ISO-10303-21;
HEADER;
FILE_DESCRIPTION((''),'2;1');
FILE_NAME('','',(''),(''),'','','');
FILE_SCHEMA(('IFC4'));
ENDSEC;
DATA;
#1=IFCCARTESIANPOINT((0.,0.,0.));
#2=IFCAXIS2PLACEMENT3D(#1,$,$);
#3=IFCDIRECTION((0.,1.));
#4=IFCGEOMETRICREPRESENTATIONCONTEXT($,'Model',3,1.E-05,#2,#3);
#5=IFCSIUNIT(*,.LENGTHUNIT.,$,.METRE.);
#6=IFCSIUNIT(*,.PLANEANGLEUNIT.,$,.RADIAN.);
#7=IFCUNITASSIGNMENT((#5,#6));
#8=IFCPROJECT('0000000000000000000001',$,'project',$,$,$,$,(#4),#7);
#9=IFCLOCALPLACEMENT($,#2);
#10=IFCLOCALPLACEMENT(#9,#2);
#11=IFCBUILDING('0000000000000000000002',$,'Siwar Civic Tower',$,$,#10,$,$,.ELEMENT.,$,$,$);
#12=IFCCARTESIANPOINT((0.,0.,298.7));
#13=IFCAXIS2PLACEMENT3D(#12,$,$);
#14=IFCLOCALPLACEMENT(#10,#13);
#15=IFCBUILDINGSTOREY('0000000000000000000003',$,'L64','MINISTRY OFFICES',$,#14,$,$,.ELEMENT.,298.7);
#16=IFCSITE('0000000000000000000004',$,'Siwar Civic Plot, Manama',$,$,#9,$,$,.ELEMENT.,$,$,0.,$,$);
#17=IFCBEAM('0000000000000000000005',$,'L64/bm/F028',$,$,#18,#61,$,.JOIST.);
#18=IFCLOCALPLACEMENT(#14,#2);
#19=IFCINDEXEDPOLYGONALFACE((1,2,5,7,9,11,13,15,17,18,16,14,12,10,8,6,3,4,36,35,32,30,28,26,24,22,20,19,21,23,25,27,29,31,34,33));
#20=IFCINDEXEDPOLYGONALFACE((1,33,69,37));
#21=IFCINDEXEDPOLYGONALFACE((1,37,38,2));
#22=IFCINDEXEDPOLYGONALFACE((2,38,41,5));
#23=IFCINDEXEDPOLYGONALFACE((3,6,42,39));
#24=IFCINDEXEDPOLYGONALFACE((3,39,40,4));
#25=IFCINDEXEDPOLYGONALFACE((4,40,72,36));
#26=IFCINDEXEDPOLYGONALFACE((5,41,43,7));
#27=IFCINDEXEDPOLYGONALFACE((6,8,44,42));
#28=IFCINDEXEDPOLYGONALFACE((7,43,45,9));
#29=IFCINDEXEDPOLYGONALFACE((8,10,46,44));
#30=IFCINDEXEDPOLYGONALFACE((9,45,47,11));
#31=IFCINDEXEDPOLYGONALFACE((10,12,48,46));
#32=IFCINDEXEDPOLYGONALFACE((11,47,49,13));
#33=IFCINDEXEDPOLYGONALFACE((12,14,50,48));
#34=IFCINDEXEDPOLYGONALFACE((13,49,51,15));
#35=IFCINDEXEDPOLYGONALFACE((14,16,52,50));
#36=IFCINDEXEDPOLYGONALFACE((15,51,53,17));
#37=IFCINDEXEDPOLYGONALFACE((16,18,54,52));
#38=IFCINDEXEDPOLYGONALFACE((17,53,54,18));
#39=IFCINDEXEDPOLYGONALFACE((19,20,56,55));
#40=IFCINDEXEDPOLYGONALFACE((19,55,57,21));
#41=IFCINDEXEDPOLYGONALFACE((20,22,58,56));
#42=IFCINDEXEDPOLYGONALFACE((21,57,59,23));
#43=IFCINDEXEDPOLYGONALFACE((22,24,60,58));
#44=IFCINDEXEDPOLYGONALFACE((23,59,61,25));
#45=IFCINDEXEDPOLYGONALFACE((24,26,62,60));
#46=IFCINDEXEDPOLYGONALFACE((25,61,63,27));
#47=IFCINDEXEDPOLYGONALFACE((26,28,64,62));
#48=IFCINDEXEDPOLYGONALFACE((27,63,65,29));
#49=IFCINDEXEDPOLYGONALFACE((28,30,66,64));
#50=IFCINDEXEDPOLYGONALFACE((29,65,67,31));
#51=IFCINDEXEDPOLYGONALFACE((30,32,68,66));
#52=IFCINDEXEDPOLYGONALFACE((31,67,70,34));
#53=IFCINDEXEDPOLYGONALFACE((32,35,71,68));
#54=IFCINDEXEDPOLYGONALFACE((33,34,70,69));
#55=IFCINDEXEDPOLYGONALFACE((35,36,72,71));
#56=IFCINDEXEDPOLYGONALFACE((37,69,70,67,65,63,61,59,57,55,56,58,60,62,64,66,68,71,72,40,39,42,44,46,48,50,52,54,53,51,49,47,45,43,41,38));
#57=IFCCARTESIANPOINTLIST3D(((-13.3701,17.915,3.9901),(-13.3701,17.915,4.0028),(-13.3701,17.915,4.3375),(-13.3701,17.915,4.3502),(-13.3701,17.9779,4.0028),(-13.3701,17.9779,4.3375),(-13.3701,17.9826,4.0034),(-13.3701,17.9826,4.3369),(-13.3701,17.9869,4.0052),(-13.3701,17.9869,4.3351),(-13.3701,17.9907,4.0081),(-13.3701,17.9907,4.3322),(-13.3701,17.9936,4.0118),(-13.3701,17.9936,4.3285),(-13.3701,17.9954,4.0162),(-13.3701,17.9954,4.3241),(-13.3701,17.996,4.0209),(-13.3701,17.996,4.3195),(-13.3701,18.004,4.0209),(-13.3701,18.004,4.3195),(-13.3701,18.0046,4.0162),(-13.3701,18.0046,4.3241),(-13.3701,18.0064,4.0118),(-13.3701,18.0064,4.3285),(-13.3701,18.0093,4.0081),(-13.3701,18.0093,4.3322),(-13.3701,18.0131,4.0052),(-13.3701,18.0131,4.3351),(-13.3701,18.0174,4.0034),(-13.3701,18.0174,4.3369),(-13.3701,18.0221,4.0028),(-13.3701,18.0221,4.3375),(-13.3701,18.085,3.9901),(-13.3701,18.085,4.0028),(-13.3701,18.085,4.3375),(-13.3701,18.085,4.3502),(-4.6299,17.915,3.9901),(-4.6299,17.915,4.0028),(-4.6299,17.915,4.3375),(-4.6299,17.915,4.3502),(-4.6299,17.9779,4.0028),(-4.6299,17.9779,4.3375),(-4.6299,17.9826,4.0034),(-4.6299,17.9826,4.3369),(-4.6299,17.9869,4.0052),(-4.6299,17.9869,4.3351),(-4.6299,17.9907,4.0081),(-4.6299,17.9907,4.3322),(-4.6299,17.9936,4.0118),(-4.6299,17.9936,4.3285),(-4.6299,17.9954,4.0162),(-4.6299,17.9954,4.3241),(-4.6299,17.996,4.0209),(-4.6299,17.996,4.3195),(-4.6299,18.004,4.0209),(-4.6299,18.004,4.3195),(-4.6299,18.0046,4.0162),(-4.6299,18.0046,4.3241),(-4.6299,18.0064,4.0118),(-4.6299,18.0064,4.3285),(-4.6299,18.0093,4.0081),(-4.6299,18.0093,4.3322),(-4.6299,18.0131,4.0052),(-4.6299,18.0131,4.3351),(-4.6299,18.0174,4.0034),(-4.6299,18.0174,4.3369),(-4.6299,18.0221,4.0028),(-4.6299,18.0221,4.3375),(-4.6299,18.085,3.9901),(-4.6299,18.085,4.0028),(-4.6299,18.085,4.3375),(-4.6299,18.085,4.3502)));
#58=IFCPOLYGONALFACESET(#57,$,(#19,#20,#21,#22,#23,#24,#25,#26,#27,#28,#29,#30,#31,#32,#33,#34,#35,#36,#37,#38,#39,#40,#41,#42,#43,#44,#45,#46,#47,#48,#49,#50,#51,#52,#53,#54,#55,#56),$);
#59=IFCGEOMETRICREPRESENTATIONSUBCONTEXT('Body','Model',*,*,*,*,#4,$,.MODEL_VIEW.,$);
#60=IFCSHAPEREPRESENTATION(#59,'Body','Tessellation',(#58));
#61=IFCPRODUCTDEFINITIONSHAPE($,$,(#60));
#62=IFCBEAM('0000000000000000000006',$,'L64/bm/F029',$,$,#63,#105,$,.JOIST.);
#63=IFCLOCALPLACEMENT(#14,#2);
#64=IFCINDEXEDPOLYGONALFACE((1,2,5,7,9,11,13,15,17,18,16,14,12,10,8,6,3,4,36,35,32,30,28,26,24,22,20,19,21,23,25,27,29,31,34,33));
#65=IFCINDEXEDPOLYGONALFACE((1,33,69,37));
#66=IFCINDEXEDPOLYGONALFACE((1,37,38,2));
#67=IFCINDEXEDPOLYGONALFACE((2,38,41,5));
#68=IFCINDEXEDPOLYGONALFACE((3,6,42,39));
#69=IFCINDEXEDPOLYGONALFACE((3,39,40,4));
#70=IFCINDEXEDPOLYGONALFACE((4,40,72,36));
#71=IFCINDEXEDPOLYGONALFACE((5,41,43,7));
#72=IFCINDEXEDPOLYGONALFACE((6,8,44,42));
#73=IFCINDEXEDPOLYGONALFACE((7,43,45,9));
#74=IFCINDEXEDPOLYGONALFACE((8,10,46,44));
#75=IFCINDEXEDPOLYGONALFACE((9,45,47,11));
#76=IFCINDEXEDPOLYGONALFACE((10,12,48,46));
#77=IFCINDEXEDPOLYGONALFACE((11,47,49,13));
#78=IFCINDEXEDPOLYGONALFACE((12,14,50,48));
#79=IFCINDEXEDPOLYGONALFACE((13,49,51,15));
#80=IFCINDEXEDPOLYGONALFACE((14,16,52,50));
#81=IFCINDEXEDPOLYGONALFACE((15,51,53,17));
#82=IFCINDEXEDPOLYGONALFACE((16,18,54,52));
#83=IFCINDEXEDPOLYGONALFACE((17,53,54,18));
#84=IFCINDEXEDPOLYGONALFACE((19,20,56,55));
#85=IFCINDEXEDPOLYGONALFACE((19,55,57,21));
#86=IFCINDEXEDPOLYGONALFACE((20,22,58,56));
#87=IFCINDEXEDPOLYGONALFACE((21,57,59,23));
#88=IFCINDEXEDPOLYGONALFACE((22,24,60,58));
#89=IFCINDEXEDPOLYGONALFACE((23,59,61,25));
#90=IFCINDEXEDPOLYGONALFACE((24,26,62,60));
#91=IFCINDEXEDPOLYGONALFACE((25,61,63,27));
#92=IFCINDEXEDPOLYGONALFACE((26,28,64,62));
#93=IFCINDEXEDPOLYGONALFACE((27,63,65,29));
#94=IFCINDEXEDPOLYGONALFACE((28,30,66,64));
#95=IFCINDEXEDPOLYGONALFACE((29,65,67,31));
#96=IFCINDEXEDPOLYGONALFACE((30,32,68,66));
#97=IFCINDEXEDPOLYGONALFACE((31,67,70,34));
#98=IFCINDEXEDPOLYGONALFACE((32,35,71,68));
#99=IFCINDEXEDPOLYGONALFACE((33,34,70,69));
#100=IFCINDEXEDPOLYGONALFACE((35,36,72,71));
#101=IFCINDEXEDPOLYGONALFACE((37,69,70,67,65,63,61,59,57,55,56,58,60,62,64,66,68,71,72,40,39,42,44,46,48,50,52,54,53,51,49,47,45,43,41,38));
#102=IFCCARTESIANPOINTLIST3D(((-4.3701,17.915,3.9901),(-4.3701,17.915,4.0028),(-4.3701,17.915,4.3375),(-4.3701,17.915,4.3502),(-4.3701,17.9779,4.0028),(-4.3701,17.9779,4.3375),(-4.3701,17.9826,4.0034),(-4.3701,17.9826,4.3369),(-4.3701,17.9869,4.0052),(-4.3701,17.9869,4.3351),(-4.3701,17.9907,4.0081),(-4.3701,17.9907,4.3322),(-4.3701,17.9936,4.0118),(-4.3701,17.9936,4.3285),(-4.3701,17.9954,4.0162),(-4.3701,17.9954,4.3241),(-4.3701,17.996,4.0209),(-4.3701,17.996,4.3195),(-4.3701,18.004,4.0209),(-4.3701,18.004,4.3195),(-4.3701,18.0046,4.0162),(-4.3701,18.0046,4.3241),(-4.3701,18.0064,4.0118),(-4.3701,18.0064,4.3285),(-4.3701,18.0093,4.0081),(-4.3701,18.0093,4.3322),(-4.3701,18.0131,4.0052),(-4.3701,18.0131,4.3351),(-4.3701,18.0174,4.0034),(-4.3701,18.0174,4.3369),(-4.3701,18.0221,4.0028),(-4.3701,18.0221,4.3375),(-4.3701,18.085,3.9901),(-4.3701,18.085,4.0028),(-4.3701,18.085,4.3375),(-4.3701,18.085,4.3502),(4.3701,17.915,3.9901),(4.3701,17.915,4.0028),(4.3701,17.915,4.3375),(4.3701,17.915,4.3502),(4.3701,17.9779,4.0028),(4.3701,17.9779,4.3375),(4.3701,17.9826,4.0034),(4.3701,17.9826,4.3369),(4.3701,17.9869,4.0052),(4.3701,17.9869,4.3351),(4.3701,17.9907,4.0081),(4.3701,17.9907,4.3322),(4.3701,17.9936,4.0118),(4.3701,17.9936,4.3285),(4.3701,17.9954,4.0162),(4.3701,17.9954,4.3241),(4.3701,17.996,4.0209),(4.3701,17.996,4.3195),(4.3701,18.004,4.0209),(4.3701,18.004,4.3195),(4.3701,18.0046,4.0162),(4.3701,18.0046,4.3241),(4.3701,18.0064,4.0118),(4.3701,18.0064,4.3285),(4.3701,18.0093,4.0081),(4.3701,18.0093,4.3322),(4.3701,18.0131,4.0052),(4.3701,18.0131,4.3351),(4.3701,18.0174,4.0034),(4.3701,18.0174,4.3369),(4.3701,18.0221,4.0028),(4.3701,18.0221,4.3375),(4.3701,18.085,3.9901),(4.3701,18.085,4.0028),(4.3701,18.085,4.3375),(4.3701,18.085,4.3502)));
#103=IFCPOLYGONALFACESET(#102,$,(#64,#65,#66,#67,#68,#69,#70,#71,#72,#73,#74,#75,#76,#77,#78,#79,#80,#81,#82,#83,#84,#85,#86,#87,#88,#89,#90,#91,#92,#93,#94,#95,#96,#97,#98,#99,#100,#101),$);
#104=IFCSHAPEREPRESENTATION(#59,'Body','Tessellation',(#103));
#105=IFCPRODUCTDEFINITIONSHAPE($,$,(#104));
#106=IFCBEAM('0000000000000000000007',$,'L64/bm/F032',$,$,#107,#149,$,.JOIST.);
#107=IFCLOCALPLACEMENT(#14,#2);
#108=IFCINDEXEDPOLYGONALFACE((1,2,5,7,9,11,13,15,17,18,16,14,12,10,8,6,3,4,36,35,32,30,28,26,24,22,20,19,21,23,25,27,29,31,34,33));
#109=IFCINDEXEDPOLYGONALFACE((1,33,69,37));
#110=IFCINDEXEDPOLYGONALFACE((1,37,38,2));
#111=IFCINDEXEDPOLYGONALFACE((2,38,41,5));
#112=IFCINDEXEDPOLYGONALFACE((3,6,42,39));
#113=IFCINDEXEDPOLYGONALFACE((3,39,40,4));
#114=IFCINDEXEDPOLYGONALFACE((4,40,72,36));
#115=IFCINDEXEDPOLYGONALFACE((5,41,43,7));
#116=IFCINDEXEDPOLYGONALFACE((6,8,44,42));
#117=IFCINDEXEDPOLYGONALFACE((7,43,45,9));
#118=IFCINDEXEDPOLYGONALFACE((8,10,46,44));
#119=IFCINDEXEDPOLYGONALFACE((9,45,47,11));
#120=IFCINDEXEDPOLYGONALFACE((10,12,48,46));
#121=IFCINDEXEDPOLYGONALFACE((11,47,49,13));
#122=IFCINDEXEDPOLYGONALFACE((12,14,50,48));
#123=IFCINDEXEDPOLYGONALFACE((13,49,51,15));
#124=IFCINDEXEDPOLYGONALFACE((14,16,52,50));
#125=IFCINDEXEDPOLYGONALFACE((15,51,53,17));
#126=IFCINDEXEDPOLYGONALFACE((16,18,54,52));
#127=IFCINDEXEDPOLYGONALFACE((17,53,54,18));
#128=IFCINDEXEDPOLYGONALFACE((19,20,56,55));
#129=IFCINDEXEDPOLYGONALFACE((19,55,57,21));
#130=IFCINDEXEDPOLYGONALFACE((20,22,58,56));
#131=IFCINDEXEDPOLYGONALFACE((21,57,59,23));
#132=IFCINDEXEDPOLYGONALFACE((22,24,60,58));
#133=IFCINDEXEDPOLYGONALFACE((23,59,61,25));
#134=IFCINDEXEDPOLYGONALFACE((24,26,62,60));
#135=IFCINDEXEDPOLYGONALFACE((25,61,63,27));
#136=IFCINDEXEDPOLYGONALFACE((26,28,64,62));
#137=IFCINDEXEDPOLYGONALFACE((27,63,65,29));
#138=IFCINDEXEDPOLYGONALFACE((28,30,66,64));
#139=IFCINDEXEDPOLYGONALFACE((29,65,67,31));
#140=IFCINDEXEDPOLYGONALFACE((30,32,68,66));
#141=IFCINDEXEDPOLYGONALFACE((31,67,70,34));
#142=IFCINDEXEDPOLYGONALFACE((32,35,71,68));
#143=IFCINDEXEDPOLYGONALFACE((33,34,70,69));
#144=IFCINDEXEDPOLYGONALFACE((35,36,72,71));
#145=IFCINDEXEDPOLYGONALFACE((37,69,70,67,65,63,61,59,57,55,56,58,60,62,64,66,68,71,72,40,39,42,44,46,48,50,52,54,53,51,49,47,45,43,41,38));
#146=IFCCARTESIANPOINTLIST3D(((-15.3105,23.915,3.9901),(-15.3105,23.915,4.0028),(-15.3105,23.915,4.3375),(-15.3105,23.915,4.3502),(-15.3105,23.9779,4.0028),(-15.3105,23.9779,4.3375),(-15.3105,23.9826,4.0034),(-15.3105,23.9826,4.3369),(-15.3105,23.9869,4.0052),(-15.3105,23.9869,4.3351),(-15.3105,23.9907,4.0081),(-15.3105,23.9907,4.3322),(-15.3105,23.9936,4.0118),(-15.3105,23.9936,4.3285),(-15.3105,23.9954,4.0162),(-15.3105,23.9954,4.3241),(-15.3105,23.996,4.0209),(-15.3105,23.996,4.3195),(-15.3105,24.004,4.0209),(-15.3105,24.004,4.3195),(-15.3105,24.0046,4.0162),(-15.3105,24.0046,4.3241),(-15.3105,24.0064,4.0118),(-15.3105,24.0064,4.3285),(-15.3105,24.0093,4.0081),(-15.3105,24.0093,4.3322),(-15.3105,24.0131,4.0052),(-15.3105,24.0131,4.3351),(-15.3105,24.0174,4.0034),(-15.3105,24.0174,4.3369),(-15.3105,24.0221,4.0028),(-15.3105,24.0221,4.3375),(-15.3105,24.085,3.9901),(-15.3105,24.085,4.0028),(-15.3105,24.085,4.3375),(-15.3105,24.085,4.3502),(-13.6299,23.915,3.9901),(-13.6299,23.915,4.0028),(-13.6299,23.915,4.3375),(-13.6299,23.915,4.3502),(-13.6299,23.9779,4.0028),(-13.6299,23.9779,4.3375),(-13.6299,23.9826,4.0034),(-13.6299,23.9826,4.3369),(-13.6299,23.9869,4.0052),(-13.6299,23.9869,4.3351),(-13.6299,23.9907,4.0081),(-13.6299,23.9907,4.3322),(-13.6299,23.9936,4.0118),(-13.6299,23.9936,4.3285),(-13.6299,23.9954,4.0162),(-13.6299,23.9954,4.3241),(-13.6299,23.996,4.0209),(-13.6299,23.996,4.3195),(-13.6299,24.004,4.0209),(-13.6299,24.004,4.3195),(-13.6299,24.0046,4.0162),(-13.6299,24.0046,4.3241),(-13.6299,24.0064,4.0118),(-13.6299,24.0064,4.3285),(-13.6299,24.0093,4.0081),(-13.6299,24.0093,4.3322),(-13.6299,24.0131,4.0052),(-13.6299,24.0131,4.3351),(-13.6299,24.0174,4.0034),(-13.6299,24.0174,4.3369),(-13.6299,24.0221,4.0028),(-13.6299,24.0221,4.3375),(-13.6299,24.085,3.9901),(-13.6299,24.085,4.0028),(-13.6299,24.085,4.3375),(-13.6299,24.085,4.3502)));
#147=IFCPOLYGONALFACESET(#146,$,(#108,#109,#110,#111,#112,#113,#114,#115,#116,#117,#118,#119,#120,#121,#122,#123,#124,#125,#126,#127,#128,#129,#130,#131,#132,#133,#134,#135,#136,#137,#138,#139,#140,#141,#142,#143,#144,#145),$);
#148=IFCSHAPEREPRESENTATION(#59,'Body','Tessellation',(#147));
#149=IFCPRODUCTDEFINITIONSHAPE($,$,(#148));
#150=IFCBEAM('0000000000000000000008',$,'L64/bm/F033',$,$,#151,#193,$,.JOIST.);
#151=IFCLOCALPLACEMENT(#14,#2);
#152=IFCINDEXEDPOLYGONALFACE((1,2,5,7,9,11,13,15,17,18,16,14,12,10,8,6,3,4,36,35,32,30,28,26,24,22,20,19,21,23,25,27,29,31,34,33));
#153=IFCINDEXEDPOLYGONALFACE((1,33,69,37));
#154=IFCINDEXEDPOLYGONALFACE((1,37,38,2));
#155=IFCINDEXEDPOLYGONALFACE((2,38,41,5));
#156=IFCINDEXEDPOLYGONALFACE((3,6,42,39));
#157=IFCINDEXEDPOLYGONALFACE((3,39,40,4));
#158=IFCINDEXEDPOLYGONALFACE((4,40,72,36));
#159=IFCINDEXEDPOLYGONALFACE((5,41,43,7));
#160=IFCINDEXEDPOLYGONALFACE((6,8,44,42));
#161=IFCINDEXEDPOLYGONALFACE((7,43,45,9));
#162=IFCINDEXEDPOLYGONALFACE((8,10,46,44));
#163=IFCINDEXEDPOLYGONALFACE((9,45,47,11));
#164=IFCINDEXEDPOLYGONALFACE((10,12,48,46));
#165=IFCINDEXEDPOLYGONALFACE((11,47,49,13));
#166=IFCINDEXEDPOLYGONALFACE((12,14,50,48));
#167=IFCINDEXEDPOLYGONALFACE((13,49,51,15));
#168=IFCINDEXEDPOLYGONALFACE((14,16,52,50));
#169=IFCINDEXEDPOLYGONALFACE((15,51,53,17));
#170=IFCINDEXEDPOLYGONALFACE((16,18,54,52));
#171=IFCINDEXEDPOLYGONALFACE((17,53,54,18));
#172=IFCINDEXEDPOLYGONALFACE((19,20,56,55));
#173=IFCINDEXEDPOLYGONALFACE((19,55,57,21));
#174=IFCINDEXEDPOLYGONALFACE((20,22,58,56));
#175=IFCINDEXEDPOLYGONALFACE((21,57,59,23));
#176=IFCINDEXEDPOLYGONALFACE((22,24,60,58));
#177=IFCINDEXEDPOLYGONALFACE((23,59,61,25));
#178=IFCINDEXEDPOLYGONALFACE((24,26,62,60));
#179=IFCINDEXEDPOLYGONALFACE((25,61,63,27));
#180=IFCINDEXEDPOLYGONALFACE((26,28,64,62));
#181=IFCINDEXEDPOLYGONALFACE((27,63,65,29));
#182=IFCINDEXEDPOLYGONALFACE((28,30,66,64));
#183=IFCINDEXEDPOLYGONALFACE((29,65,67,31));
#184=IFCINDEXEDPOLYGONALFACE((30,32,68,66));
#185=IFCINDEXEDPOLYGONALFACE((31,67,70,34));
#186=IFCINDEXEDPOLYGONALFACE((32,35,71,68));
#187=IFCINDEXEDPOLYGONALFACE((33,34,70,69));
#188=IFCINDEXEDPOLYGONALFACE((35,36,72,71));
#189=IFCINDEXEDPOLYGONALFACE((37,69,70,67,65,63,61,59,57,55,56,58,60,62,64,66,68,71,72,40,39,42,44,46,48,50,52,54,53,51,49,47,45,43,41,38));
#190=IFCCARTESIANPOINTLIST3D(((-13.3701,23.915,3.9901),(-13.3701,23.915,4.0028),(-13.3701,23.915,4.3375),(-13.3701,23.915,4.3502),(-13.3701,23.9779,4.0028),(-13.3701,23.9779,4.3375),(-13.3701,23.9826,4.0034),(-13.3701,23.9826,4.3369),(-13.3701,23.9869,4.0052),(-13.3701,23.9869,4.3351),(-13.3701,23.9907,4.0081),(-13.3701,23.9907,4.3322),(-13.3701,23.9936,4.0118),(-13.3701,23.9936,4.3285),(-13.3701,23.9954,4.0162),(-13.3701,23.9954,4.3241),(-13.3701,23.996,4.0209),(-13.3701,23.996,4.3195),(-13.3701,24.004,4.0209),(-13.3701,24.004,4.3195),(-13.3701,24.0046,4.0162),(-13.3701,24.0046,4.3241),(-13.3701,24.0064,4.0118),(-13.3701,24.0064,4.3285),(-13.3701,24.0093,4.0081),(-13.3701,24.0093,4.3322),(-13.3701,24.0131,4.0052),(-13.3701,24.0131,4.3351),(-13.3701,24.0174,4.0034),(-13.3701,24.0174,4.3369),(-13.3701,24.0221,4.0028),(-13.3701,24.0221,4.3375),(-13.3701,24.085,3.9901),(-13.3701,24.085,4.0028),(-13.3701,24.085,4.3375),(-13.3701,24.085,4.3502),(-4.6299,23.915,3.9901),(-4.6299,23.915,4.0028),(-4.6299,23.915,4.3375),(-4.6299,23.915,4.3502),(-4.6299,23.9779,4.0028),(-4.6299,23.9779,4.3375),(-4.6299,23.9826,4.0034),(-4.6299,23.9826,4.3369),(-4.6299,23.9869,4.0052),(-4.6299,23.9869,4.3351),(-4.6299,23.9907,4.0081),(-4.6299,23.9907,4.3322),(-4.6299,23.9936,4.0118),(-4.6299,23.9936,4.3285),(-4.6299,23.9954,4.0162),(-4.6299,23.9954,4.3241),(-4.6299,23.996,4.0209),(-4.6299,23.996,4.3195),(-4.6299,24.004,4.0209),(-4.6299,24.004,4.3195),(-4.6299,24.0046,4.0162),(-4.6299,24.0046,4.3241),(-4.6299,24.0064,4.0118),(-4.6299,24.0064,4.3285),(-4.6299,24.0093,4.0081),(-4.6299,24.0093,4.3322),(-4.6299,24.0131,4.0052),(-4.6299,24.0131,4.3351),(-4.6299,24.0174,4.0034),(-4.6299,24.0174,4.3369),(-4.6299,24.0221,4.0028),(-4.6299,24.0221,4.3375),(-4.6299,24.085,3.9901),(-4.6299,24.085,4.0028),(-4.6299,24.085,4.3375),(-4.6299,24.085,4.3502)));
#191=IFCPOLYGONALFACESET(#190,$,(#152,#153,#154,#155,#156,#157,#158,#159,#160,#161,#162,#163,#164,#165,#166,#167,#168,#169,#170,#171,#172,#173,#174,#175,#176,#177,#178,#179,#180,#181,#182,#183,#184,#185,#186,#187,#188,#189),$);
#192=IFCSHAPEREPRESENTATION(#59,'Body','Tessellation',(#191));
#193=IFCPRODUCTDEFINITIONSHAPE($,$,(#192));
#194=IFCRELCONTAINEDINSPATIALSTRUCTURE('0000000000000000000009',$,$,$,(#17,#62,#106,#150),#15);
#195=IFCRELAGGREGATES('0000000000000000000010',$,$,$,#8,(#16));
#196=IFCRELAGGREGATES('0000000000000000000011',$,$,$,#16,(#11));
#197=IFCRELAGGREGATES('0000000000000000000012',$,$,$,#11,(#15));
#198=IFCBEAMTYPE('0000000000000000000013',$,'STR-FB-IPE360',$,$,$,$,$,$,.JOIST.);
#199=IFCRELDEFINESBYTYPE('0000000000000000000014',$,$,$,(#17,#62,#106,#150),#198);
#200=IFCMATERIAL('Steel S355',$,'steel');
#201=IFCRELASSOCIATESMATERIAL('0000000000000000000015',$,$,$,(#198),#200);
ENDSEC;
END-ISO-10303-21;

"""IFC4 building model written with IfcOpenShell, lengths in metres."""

from ifc_helpers import new_model, si_unit, direction, frame, origin, origin_2d, place, context, subcontext, project, spatial, i_section, extrude, material, material_profile, profile_set, type_object, element, save


model = new_model("IFC4")

# Units and contexts
model_context = context("Model", 3, precision=1e-05, world=origin(), true_north=direction((0.0, 1.0)))
body_context = subcontext(model_context, "Body", "Model", "MODEL_VIEW")
ifc_project = project(units=[si_unit("LENGTHUNIT", "METRE"), si_unit("PLANEANGLEUNIT", "RADIAN")], contexts=[model_context])

# Site, building, storey
site_placement = place(None, origin())
site = spatial("IfcSite", under=ifc_project, at=site_placement, Name="Siwar Civic Plot, Manama", CompositionType="ELEMENT", RefElevation=0.0)
building_placement = place(site_placement, origin())
building = spatial("IfcBuilding", under=site, at=building_placement, Name="Siwar Civic Tower", CompositionType="ELEMENT")
storey_placement = place(building_placement, frame((0.0, 0.0, 298.7)))
storey = spatial("IfcBuildingStorey", under=building, at=storey_placement, Name="L64", Description="MINISTRY OFFICES", CompositionType="ELEMENT", Elevation=298.7)

# Beams
ifc_material_1 = material(Name="Steel S355", Category="steel")
ifc_material_profile_1 = material_profile(ifc_material_1, i_section(OverallWidth=0.1699, OverallDepth=0.3601, WebThickness=0.0081, FlangeThickness=0.0127, FilletRadius=0.0181, at=origin_2d()), Name="IPE360")
ifc_profile_set_1 = profile_set([ifc_material_profile_1], Name="Steel S355")
beam_type_1 = type_object("IfcBeamType", Name="STR-FB-IPE360", PredefinedType="JOIST", material=ifc_profile_set_1)
for number, where, z_axis, x_axis, name in (
    (1, (-13.3701, 18.0, 4.1702), (1.0, 0.0, 0.0), (0.0, 1.0, 0.0), "L64/bm/F028"),
    (2, (-4.3701, 18.0, 4.1702), (1.0, 0.0, 0.0), (0.0, 1.0, 0.0), "L64/bm/F029"),
):
    element("IfcBeam", number, at=place(storey_placement, frame(where, z_axis=z_axis, x_axis=x_axis)), inside=storey, type_object=beam_type_1, Name=name, PredefinedType="JOIST", context=body_context, shape_type="SweptSolid", body=[
        extrude(i_section(OverallWidth=0.1699, OverallDepth=0.3601, WebThickness=0.0081, FlangeThickness=0.0127, FilletRadius=0.0181, at=origin_2d()), origin(), (0.0, 0.0, 1.0), 8.7402),
    ])
beam_1_placement = place(storey_placement, frame((-15.3105, 24.0, 4.1702), z_axis=(1.0, 0.0, 0.0), x_axis=(0.0, 1.0, 0.0)))
element("IfcBeam", 3, at=beam_1_placement, inside=storey, type_object=beam_type_1, Name="L64/bm/F032", PredefinedType="JOIST", context=body_context, shape_type="SweptSolid", body=[
    extrude(i_section(OverallWidth=0.1699, OverallDepth=0.3601, WebThickness=0.0081, FlangeThickness=0.0127, FilletRadius=0.0181, at=origin_2d()), origin(), (0.0, 0.0, 1.0), 1.6807),
])
for number, where, z_axis, x_axis, name in (
    (4, (-13.3701, 24.0, 4.1702), (1.0, 0.0, 0.0), (0.0, 1.0, 0.0), "L64/bm/F033"),
):
    element("IfcBeam", number, at=place(storey_placement, frame(where, z_axis=z_axis, x_axis=x_axis)), inside=storey, type_object=beam_type_1, Name=name, PredefinedType="JOIST", context=body_context, shape_type="SweptSolid", body=[
        extrude(i_section(OverallWidth=0.1699, OverallDepth=0.3601, WebThickness=0.0081, FlangeThickness=0.0127, FilletRadius=0.0181, at=origin_2d()), origin(), (0.0, 0.0, 1.0), 8.7402),
    ])

save(model, "model.ifc")
